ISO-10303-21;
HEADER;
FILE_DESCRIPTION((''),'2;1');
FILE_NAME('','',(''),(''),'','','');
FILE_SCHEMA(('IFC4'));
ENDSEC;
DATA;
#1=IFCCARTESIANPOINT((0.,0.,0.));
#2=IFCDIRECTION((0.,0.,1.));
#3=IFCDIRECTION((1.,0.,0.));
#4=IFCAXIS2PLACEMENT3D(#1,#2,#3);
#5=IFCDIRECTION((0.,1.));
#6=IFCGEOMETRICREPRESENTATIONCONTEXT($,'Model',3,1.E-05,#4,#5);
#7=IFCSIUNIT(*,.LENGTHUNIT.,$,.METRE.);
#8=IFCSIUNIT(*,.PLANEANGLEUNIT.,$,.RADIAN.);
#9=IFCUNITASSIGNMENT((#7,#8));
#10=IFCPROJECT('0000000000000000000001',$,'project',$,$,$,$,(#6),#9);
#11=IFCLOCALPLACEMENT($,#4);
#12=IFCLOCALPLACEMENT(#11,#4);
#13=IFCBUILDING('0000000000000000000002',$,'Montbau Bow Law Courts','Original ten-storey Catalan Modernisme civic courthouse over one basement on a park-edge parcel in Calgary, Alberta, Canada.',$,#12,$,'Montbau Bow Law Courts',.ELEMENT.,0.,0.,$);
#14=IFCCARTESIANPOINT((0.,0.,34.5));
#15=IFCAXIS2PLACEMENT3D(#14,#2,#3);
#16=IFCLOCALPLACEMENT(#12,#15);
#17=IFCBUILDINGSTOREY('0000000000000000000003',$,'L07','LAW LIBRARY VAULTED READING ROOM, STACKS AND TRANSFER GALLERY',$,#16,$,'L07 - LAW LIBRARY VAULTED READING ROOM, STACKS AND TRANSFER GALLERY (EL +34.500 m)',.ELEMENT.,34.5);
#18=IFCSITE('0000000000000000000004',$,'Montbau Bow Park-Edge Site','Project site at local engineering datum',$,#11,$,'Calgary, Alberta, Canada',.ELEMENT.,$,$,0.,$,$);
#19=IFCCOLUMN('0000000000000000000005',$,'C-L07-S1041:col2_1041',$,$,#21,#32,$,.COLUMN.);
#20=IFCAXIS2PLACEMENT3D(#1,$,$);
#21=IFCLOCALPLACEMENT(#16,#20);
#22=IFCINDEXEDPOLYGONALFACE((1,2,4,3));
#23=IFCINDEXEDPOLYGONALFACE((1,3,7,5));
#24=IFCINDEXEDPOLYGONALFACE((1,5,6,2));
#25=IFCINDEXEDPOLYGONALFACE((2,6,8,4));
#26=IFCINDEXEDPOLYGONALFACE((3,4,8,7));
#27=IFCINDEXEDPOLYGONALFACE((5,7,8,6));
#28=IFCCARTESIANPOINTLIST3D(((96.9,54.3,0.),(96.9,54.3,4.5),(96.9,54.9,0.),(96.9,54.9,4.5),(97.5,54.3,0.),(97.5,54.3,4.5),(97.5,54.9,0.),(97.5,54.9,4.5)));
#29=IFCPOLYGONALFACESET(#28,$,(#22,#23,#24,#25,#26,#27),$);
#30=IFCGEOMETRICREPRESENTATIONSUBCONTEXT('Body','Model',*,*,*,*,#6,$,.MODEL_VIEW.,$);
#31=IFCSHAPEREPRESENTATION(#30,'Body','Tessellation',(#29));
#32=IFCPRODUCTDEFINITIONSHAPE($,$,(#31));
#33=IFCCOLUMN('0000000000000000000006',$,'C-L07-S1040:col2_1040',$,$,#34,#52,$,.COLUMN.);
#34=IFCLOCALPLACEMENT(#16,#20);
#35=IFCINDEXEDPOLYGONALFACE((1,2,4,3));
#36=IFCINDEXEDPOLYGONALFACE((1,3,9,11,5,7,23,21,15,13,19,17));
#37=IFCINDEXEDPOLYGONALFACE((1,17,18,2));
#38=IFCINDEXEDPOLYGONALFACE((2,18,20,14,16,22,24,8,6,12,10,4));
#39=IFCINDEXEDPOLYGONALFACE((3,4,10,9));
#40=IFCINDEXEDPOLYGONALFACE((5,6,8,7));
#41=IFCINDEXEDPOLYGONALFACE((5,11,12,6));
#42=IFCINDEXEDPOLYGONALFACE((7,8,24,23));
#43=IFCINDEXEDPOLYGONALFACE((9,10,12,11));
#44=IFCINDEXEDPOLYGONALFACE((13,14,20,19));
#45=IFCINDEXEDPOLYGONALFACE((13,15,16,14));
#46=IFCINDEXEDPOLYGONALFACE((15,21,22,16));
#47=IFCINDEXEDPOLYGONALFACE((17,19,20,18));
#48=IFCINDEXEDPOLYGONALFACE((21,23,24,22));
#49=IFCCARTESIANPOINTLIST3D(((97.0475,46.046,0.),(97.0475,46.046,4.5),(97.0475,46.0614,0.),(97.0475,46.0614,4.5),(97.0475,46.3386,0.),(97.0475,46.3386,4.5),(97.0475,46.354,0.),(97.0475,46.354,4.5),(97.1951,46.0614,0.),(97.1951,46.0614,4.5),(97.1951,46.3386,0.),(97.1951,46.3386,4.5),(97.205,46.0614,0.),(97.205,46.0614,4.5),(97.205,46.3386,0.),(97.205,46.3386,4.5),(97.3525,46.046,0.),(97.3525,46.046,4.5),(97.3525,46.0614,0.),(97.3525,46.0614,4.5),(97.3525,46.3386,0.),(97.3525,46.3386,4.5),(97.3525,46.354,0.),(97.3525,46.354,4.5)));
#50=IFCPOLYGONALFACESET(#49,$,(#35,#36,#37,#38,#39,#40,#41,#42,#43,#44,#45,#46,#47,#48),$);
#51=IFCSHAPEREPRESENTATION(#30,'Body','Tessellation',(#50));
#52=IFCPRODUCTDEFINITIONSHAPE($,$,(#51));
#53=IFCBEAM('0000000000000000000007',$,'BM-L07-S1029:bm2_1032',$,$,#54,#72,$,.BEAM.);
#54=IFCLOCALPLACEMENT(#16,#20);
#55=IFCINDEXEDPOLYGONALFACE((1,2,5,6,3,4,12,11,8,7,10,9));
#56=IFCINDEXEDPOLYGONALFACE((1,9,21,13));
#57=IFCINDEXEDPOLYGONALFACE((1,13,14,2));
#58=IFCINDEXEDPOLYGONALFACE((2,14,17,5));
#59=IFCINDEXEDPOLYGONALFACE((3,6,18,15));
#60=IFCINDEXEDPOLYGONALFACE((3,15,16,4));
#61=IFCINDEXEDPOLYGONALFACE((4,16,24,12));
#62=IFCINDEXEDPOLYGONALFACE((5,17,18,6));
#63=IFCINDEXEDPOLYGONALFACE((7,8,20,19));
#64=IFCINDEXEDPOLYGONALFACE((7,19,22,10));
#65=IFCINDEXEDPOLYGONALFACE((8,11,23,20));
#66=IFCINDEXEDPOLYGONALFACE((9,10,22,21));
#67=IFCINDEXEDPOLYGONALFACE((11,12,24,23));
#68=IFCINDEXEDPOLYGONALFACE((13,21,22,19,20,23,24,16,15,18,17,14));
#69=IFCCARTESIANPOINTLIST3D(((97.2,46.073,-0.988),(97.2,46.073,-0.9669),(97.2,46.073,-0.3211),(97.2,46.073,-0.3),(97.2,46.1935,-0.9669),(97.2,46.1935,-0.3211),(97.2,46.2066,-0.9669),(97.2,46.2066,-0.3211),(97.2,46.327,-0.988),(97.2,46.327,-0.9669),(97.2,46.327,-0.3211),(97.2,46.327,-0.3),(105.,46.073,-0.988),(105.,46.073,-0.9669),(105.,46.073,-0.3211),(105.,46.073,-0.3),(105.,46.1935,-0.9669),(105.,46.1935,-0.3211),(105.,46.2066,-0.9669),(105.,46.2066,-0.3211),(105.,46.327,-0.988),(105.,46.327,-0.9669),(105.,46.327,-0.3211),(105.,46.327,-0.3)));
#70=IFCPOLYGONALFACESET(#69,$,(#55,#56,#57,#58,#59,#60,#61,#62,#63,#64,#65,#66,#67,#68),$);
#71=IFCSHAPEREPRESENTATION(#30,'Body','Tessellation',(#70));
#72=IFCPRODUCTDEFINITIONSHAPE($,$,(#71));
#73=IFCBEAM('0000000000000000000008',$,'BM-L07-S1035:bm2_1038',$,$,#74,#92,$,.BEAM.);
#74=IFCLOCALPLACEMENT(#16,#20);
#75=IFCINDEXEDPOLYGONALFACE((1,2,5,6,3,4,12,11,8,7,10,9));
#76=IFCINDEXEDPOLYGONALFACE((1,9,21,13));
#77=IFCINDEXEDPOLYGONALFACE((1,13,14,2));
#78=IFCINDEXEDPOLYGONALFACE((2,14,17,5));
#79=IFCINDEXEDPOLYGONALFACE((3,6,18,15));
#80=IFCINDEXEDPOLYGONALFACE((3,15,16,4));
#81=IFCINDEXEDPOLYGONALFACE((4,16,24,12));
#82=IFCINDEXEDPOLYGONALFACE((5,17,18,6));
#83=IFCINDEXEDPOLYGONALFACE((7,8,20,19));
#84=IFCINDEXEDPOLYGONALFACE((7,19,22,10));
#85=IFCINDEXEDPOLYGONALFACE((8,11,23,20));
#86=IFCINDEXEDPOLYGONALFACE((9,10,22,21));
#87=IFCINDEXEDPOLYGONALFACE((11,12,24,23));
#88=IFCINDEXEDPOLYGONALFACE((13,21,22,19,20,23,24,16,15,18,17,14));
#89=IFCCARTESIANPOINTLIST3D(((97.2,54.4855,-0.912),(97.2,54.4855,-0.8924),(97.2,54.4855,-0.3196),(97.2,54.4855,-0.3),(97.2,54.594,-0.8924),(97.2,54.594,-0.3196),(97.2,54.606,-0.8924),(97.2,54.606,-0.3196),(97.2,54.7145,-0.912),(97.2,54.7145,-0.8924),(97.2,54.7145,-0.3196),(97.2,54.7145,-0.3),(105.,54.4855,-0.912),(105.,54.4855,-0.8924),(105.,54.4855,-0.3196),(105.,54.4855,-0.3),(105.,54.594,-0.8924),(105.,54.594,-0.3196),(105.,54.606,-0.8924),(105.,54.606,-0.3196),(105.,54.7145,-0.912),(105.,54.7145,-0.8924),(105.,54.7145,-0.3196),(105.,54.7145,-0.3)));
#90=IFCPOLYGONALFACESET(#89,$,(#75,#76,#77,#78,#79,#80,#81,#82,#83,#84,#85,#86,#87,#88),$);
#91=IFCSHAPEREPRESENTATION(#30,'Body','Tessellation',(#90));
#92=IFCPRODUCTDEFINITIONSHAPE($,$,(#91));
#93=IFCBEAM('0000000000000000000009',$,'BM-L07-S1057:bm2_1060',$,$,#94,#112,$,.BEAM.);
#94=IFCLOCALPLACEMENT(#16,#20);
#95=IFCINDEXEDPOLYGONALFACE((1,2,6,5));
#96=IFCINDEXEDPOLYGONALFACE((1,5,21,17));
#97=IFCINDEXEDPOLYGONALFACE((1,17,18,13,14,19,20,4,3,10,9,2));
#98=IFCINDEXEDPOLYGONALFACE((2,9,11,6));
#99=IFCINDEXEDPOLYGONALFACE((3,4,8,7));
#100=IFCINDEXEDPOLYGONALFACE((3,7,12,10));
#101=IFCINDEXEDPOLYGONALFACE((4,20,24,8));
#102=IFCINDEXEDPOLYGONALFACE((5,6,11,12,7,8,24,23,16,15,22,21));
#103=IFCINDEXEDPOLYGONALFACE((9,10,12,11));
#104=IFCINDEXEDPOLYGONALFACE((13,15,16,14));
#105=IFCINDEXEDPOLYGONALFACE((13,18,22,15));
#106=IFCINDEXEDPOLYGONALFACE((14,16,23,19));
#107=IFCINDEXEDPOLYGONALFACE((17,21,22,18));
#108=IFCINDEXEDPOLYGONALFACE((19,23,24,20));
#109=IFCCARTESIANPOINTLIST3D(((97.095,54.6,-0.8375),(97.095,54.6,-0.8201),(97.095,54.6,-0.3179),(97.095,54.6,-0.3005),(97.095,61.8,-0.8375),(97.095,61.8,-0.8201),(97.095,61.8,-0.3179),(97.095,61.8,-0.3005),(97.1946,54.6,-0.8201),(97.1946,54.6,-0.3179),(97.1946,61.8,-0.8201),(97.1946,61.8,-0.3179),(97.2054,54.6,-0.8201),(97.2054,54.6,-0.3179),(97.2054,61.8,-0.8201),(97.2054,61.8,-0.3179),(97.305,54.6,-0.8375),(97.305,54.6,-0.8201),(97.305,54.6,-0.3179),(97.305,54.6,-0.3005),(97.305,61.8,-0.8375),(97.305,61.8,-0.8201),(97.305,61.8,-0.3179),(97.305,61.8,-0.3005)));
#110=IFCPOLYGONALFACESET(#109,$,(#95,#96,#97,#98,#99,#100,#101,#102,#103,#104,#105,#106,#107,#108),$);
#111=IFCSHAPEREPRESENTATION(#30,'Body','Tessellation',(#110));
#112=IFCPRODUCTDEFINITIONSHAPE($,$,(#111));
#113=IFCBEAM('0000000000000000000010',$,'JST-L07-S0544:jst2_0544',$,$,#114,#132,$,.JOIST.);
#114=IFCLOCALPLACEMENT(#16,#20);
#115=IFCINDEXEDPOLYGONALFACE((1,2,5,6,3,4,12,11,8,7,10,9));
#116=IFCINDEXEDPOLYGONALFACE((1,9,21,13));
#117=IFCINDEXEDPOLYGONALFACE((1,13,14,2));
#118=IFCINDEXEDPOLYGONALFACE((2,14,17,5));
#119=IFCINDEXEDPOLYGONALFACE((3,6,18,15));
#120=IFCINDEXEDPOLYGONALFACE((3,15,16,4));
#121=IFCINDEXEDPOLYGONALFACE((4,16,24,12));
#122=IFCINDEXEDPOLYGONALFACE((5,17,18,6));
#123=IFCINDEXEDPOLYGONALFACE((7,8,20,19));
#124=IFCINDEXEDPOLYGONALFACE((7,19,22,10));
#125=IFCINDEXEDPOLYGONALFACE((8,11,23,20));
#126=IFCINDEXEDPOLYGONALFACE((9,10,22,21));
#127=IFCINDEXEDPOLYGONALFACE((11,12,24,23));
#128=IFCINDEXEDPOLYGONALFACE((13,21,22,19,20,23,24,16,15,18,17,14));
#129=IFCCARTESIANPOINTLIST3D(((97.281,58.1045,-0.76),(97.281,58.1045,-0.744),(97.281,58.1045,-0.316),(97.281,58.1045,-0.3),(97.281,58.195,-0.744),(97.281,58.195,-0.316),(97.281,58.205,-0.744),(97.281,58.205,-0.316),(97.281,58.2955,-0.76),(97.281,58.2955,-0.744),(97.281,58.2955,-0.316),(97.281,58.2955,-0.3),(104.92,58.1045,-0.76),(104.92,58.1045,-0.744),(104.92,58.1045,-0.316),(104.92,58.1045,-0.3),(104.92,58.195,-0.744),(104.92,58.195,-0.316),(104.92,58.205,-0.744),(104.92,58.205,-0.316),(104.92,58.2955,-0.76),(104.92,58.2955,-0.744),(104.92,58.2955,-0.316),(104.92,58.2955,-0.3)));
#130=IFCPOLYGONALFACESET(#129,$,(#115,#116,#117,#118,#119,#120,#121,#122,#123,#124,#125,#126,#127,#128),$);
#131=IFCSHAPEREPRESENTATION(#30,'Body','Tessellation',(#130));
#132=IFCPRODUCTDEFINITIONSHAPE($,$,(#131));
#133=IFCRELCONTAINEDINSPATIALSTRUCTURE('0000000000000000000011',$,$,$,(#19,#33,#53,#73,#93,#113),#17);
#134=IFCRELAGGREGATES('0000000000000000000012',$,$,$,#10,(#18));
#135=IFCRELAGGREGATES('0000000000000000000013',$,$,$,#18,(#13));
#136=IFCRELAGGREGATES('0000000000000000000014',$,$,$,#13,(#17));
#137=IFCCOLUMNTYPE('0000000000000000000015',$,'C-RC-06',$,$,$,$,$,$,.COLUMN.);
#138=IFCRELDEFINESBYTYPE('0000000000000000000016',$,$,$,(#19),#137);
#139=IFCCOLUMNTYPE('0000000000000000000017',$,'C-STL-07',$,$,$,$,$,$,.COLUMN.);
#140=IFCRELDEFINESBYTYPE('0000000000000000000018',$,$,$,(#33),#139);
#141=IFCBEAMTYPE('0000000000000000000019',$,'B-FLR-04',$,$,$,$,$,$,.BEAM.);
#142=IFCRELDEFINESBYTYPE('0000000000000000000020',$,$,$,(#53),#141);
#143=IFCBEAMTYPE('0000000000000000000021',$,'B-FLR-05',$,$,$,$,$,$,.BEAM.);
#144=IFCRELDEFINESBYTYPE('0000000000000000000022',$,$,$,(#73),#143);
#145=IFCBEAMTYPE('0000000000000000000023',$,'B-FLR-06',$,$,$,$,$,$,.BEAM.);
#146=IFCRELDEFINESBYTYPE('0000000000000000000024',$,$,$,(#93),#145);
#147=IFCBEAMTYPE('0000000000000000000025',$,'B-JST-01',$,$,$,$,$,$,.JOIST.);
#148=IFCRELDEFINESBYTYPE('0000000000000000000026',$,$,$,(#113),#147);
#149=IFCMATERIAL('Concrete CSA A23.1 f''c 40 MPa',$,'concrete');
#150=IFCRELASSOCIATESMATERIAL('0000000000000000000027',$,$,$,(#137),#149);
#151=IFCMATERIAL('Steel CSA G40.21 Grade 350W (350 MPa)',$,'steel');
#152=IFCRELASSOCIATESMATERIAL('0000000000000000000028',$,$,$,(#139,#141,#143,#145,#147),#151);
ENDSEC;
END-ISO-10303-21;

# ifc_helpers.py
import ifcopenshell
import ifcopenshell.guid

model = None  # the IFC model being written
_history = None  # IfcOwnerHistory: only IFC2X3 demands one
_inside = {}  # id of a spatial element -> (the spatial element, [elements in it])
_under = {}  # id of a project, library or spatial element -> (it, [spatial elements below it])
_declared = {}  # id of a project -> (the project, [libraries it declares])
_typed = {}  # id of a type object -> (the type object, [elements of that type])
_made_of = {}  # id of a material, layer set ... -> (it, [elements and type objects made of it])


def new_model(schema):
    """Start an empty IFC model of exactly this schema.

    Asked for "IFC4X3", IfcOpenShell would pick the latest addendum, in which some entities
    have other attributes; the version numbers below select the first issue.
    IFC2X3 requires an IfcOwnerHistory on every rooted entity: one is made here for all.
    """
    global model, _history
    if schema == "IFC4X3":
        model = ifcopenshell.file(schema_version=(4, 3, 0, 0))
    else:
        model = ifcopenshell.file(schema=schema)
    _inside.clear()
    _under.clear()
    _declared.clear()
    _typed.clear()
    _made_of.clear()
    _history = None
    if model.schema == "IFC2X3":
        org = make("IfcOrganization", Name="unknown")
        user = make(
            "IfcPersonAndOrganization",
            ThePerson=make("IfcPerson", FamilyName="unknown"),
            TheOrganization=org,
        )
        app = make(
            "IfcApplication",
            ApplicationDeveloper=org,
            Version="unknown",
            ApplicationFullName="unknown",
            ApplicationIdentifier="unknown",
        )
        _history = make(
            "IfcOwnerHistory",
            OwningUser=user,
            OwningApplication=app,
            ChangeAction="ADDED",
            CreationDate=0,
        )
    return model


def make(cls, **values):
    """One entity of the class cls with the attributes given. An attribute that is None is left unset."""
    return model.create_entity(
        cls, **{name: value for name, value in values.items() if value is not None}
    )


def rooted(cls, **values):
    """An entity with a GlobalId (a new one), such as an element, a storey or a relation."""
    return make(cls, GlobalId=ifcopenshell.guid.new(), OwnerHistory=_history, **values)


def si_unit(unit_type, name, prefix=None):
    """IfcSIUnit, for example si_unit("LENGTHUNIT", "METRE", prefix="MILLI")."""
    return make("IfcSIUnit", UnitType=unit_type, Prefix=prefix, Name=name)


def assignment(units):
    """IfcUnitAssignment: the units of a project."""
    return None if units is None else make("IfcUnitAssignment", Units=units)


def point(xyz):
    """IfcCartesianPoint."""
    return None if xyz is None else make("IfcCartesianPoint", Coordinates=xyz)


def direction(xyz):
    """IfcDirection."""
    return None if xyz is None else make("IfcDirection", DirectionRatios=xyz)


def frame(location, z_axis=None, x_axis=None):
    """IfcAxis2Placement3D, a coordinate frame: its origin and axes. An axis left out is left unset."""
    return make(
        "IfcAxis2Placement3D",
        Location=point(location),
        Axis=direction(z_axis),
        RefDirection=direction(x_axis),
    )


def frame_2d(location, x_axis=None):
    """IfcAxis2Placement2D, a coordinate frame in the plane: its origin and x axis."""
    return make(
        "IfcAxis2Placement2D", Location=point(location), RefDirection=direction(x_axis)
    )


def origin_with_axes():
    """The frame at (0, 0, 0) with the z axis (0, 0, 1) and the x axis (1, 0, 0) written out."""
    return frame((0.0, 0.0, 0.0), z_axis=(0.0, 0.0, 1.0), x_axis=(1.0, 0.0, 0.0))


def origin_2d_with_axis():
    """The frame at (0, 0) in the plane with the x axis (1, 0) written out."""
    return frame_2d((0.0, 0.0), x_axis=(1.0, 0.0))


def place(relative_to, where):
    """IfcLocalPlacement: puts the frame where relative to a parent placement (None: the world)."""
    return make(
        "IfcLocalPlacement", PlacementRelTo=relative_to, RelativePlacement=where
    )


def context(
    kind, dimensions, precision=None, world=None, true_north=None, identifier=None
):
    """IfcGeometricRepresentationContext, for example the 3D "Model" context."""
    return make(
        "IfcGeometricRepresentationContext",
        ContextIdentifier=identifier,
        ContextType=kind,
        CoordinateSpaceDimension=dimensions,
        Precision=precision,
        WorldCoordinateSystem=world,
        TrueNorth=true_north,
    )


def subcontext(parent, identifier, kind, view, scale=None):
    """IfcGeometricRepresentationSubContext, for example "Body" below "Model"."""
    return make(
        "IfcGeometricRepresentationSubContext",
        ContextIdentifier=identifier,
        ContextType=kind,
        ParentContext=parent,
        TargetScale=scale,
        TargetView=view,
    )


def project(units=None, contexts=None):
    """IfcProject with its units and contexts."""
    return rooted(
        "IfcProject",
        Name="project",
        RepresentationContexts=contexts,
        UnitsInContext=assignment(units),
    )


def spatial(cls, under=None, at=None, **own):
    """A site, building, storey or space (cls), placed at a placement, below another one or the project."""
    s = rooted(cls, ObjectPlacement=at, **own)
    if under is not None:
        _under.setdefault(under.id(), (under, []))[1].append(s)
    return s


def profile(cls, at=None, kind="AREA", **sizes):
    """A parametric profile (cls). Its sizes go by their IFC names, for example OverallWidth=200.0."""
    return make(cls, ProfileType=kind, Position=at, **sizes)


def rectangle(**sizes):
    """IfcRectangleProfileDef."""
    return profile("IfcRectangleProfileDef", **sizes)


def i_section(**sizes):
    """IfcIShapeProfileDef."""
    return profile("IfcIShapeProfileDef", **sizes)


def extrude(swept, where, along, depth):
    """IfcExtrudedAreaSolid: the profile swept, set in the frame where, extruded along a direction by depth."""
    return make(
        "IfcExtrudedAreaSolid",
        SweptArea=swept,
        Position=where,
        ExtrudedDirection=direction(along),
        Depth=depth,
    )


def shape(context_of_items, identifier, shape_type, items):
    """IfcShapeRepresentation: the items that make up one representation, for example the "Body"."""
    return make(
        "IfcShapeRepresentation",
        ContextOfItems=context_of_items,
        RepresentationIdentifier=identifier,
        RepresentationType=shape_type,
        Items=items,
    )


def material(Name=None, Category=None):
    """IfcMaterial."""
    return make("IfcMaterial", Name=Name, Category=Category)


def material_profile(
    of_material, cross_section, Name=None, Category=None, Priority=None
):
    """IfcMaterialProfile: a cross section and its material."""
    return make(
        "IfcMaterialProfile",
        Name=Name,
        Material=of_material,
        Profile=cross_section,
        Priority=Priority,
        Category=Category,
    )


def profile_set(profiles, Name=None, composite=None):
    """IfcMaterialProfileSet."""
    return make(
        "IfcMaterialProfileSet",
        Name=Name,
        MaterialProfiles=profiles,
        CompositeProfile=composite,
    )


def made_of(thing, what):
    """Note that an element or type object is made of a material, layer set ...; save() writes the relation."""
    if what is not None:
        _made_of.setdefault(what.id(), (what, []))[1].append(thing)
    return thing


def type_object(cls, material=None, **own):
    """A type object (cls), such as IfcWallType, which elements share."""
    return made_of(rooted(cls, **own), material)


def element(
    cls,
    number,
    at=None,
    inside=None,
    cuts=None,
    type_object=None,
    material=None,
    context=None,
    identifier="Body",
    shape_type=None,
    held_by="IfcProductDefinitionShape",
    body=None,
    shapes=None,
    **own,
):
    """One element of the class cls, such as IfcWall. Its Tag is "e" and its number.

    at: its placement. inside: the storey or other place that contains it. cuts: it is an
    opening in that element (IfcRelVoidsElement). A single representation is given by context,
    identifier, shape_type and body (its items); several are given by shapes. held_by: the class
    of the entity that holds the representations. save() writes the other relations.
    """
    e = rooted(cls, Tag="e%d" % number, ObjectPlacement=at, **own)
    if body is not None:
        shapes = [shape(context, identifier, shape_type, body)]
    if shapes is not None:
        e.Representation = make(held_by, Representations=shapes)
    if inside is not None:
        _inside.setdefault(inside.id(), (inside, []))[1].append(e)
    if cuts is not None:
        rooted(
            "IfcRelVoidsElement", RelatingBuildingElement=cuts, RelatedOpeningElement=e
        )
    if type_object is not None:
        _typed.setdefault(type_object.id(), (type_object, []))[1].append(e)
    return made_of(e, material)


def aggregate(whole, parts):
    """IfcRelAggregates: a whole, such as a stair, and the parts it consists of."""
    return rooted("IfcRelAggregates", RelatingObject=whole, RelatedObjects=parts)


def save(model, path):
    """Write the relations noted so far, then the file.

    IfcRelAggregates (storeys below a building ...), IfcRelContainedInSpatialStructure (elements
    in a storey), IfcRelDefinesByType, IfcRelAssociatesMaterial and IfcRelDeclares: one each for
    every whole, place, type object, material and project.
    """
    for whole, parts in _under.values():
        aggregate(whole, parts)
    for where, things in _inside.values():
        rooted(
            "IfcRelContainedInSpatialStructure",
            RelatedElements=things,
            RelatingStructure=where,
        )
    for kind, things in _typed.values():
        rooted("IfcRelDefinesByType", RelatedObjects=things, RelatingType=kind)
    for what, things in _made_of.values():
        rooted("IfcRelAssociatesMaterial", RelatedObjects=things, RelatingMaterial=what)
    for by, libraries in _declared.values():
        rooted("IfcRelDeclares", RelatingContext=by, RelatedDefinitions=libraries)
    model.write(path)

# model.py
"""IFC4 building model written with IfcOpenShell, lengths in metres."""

from ifc_helpers import new_model, si_unit, direction, frame, origin_with_axes, origin_2d_with_axis, place, context, subcontext, project, spatial, rectangle, i_section, extrude, material, material_profile, profile_set, type_object, element, save


model = new_model("IFC4")

# Units and contexts
model_context = context("Model", 3, precision=1e-05, world=origin_with_axes(), true_north=direction((0.0, 1.0)))
body_context = subcontext(model_context, "Body", "Model", "MODEL_VIEW")
ifc_project = project(units=[si_unit("LENGTHUNIT", "METRE"), si_unit("PLANEANGLEUNIT", "RADIAN")], contexts=[model_context])

# Site, building, storey
site_placement = place(None, origin_with_axes())
site = spatial("IfcSite", under=ifc_project, at=site_placement, Name="Montbau Bow Park-Edge Site", Description="Project site at local engineering datum", LongName="Calgary, Alberta, Canada", CompositionType="ELEMENT", RefElevation=0.0)
building_placement = place(site_placement, origin_with_axes())
building = spatial("IfcBuilding", under=site, at=building_placement, Name="Montbau Bow Law Courts", Description="Original ten-storey Catalan Modernisme civic courthouse over one basement on a park-edge parcel in Calgary, Alberta, Canada.", LongName="Montbau Bow Law Courts", CompositionType="ELEMENT", ElevationOfRefHeight=0.0, ElevationOfTerrain=0.0)
storey_placement = place(building_placement, frame((0.0, 0.0, 34.5), z_axis=(0.0, 0.0, 1.0), x_axis=(1.0, 0.0, 0.0)))
storey = spatial("IfcBuildingStorey", under=building, at=storey_placement, Name="L07", Description="LAW LIBRARY VAULTED READING ROOM, STACKS AND TRANSFER GALLERY", LongName="L07 - LAW LIBRARY VAULTED READING ROOM, STACKS AND TRANSFER GALLERY (EL +34.500 m)", CompositionType="ELEMENT", Elevation=34.5)

# Columns
ifc_material_1 = material(Name="Concrete CSA A23.1 f'c 40 MPa", Category="concrete")
ifc_material_profile_1 = material_profile(ifc_material_1, rectangle(XDim=0.6, YDim=0.6, at=origin_2d_with_axis()), Name="RC600X600", Category="Main", Priority=0)
ifc_profile_set_1 = profile_set([ifc_material_profile_1], Name="Concrete CSA A23.1 f'c 40 MPa")
column_type_1 = type_object("IfcColumnType", Name="C-RC-06", PredefinedType="COLUMN", material=ifc_profile_set_1)
column_1_placement = place(None, frame((97.2, 54.6, 34.5), z_axis=(0.0, 0.0, 1.0), x_axis=(1.0, 0.0, 0.0)))
element("IfcColumn", 1, at=column_1_placement, inside=storey, type_object=column_type_1, Name="C-L07-S1041:col2_1041", PredefinedType="COLUMN", context=body_context, shape_type="SweptSolid", body=[
    extrude(rectangle(XDim=0.6, YDim=0.6, at=origin_2d_with_axis()), origin_with_axes(), (0.0, 0.0, 1.0), 4.5),
])
ifc_material_2 = material(Name="Steel CSA G40.21 Grade 350W (350 MPa)", Category="steel")
ifc_material_profile_2 = material_profile(ifc_material_2, i_section(OverallWidth=0.305, OverallDepth=0.308, WebThickness=0.0099, FlangeThickness=0.0154, at=origin_2d_with_axis()), Name="W310X97", Category="Main", Priority=0)
ifc_profile_set_2 = profile_set([ifc_material_profile_2], Name="Steel CSA G40.21 Grade 350W (350 MPa)")
column_type_2 = type_object("IfcColumnType", Name="C-STL-07", PredefinedType="COLUMN", material=ifc_profile_set_2)
column_2_placement = place(None, frame((97.2, 46.2, 34.5), z_axis=(0.0, 0.0, 1.0), x_axis=(1.0, 0.0, 0.0)))
element("IfcColumn", 2, at=column_2_placement, inside=storey, type_object=column_type_2, Name="C-L07-S1040:col2_1040", PredefinedType="COLUMN", context=body_context, shape_type="SweptSolid", body=[
    extrude(i_section(OverallWidth=0.305, OverallDepth=0.308, WebThickness=0.0099, FlangeThickness=0.0154, at=origin_2d_with_axis()), origin_with_axes(), (0.0, 0.0, 1.0), 4.5),
])

# Beams
ifc_material_profile_3 = material_profile(ifc_material_2, i_section(OverallWidth=0.254, OverallDepth=0.688, WebThickness=0.0131, FlangeThickness=0.0211, at=origin_2d_with_axis()), Name="W690X152", Category="Main", Priority=0)
ifc_profile_set_3 = profile_set([ifc_material_profile_3], Name="Steel CSA G40.21 Grade 350W (350 MPa)")
beam_type_1 = type_object("IfcBeamType", Name="B-FLR-04", PredefinedType="BEAM", material=ifc_profile_set_3)
beam_1_placement = place(None, frame((97.2, 46.2, 33.856), z_axis=(1.0, 0.0, 0.0), x_axis=(0.0, 1.0, 0.0)))
element("IfcBeam", 3, at=beam_1_placement, inside=storey, type_object=beam_type_1, Name="BM-L07-S1029:bm2_1032", PredefinedType="BEAM", context=body_context, shape_type="SweptSolid", body=[
    extrude(i_section(OverallWidth=0.254, OverallDepth=0.688, WebThickness=0.0131, FlangeThickness=0.0211, at=origin_2d_with_axis()), origin_with_axes(), (0.0, 0.0, 1.0), 7.8),
])
ifc_material_profile_4 = material_profile(ifc_material_2, i_section(OverallWidth=0.229, OverallDepth=0.612, WebThickness=0.0119, FlangeThickness=0.0196, at=origin_2d_with_axis()), Name="W610X125", Category="Main", Priority=0)
ifc_profile_set_4 = profile_set([ifc_material_profile_4], Name="Steel CSA G40.21 Grade 350W (350 MPa)")
beam_type_2 = type_object("IfcBeamType", Name="B-FLR-05", PredefinedType="BEAM", material=ifc_profile_set_4)
beam_2_placement = place(None, frame((97.2, 54.6, 33.894), z_axis=(1.0, 0.0, 0.0), x_axis=(0.0, 1.0, 0.0)))
element("IfcBeam", 4, at=beam_2_placement, inside=storey, type_object=beam_type_2, Name="BM-L07-S1035:bm2_1038", PredefinedType="BEAM", context=body_context, shape_type="SweptSolid", body=[
    extrude(i_section(OverallWidth=0.229, OverallDepth=0.612, WebThickness=0.0119, FlangeThickness=0.0196, at=origin_2d_with_axis()), origin_with_axes(), (0.0, 0.0, 1.0), 7.8),
])
ifc_material_profile_5 = material_profile(ifc_material_2, i_section(OverallWidth=0.21, OverallDepth=0.537, WebThickness=0.0109, FlangeThickness=0.0174, at=origin_2d_with_axis()), Name="W530X101", Category="Main", Priority=0)
ifc_profile_set_5 = profile_set([ifc_material_profile_5], Name="Steel CSA G40.21 Grade 350W (350 MPa)")
beam_type_3 = type_object("IfcBeamType", Name="B-FLR-06", PredefinedType="BEAM", material=ifc_profile_set_5)
beam_3_placement = place(None, frame((97.2, 54.6, 33.931), z_axis=(0.0, 1.0, 0.0), x_axis=(-1.0, 0.0, 0.0)))
element("IfcBeam", 5, at=beam_3_placement, inside=storey, type_object=beam_type_3, Name="BM-L07-S1057:bm2_1060", PredefinedType="BEAM", context=body_context, shape_type="SweptSolid", body=[
    extrude(i_section(OverallWidth=0.21, OverallDepth=0.537, WebThickness=0.0109, FlangeThickness=0.0174, at=origin_2d_with_axis()), origin_with_axes(), (0.0, 0.0, 1.0), 7.2),
])
ifc_material_profile_6 = material_profile(ifc_material_2, i_section(OverallWidth=0.191, OverallDepth=0.46, WebThickness=0.0099, FlangeThickness=0.016, at=origin_2d_with_axis()), Name="W460X82", Category="Main", Priority=0)
ifc_profile_set_6 = profile_set([ifc_material_profile_6], Name="Steel CSA G40.21 Grade 350W (350 MPa)")
beam_type_4 = type_object("IfcBeamType", Name="B-JST-01", PredefinedType="JOIST", material=ifc_profile_set_6)
beam_4_placement = place(None, frame((97.281, 58.2, 33.97), z_axis=(1.0, 0.0, 0.0), x_axis=(0.0, 1.0, 0.0)))
element("IfcBeam", 6, at=beam_4_placement, inside=storey, type_object=beam_type_4, Name="JST-L07-S0544:jst2_0544", PredefinedType="JOIST", context=body_context, shape_type="SweptSolid", body=[
    extrude(i_section(OverallWidth=0.191, OverallDepth=0.46, WebThickness=0.0099, FlangeThickness=0.016, at=origin_2d_with_axis()), origin_with_axes(), (0.0, 0.0, 1.0), 7.639),
])

save(model, "model.ifc")
